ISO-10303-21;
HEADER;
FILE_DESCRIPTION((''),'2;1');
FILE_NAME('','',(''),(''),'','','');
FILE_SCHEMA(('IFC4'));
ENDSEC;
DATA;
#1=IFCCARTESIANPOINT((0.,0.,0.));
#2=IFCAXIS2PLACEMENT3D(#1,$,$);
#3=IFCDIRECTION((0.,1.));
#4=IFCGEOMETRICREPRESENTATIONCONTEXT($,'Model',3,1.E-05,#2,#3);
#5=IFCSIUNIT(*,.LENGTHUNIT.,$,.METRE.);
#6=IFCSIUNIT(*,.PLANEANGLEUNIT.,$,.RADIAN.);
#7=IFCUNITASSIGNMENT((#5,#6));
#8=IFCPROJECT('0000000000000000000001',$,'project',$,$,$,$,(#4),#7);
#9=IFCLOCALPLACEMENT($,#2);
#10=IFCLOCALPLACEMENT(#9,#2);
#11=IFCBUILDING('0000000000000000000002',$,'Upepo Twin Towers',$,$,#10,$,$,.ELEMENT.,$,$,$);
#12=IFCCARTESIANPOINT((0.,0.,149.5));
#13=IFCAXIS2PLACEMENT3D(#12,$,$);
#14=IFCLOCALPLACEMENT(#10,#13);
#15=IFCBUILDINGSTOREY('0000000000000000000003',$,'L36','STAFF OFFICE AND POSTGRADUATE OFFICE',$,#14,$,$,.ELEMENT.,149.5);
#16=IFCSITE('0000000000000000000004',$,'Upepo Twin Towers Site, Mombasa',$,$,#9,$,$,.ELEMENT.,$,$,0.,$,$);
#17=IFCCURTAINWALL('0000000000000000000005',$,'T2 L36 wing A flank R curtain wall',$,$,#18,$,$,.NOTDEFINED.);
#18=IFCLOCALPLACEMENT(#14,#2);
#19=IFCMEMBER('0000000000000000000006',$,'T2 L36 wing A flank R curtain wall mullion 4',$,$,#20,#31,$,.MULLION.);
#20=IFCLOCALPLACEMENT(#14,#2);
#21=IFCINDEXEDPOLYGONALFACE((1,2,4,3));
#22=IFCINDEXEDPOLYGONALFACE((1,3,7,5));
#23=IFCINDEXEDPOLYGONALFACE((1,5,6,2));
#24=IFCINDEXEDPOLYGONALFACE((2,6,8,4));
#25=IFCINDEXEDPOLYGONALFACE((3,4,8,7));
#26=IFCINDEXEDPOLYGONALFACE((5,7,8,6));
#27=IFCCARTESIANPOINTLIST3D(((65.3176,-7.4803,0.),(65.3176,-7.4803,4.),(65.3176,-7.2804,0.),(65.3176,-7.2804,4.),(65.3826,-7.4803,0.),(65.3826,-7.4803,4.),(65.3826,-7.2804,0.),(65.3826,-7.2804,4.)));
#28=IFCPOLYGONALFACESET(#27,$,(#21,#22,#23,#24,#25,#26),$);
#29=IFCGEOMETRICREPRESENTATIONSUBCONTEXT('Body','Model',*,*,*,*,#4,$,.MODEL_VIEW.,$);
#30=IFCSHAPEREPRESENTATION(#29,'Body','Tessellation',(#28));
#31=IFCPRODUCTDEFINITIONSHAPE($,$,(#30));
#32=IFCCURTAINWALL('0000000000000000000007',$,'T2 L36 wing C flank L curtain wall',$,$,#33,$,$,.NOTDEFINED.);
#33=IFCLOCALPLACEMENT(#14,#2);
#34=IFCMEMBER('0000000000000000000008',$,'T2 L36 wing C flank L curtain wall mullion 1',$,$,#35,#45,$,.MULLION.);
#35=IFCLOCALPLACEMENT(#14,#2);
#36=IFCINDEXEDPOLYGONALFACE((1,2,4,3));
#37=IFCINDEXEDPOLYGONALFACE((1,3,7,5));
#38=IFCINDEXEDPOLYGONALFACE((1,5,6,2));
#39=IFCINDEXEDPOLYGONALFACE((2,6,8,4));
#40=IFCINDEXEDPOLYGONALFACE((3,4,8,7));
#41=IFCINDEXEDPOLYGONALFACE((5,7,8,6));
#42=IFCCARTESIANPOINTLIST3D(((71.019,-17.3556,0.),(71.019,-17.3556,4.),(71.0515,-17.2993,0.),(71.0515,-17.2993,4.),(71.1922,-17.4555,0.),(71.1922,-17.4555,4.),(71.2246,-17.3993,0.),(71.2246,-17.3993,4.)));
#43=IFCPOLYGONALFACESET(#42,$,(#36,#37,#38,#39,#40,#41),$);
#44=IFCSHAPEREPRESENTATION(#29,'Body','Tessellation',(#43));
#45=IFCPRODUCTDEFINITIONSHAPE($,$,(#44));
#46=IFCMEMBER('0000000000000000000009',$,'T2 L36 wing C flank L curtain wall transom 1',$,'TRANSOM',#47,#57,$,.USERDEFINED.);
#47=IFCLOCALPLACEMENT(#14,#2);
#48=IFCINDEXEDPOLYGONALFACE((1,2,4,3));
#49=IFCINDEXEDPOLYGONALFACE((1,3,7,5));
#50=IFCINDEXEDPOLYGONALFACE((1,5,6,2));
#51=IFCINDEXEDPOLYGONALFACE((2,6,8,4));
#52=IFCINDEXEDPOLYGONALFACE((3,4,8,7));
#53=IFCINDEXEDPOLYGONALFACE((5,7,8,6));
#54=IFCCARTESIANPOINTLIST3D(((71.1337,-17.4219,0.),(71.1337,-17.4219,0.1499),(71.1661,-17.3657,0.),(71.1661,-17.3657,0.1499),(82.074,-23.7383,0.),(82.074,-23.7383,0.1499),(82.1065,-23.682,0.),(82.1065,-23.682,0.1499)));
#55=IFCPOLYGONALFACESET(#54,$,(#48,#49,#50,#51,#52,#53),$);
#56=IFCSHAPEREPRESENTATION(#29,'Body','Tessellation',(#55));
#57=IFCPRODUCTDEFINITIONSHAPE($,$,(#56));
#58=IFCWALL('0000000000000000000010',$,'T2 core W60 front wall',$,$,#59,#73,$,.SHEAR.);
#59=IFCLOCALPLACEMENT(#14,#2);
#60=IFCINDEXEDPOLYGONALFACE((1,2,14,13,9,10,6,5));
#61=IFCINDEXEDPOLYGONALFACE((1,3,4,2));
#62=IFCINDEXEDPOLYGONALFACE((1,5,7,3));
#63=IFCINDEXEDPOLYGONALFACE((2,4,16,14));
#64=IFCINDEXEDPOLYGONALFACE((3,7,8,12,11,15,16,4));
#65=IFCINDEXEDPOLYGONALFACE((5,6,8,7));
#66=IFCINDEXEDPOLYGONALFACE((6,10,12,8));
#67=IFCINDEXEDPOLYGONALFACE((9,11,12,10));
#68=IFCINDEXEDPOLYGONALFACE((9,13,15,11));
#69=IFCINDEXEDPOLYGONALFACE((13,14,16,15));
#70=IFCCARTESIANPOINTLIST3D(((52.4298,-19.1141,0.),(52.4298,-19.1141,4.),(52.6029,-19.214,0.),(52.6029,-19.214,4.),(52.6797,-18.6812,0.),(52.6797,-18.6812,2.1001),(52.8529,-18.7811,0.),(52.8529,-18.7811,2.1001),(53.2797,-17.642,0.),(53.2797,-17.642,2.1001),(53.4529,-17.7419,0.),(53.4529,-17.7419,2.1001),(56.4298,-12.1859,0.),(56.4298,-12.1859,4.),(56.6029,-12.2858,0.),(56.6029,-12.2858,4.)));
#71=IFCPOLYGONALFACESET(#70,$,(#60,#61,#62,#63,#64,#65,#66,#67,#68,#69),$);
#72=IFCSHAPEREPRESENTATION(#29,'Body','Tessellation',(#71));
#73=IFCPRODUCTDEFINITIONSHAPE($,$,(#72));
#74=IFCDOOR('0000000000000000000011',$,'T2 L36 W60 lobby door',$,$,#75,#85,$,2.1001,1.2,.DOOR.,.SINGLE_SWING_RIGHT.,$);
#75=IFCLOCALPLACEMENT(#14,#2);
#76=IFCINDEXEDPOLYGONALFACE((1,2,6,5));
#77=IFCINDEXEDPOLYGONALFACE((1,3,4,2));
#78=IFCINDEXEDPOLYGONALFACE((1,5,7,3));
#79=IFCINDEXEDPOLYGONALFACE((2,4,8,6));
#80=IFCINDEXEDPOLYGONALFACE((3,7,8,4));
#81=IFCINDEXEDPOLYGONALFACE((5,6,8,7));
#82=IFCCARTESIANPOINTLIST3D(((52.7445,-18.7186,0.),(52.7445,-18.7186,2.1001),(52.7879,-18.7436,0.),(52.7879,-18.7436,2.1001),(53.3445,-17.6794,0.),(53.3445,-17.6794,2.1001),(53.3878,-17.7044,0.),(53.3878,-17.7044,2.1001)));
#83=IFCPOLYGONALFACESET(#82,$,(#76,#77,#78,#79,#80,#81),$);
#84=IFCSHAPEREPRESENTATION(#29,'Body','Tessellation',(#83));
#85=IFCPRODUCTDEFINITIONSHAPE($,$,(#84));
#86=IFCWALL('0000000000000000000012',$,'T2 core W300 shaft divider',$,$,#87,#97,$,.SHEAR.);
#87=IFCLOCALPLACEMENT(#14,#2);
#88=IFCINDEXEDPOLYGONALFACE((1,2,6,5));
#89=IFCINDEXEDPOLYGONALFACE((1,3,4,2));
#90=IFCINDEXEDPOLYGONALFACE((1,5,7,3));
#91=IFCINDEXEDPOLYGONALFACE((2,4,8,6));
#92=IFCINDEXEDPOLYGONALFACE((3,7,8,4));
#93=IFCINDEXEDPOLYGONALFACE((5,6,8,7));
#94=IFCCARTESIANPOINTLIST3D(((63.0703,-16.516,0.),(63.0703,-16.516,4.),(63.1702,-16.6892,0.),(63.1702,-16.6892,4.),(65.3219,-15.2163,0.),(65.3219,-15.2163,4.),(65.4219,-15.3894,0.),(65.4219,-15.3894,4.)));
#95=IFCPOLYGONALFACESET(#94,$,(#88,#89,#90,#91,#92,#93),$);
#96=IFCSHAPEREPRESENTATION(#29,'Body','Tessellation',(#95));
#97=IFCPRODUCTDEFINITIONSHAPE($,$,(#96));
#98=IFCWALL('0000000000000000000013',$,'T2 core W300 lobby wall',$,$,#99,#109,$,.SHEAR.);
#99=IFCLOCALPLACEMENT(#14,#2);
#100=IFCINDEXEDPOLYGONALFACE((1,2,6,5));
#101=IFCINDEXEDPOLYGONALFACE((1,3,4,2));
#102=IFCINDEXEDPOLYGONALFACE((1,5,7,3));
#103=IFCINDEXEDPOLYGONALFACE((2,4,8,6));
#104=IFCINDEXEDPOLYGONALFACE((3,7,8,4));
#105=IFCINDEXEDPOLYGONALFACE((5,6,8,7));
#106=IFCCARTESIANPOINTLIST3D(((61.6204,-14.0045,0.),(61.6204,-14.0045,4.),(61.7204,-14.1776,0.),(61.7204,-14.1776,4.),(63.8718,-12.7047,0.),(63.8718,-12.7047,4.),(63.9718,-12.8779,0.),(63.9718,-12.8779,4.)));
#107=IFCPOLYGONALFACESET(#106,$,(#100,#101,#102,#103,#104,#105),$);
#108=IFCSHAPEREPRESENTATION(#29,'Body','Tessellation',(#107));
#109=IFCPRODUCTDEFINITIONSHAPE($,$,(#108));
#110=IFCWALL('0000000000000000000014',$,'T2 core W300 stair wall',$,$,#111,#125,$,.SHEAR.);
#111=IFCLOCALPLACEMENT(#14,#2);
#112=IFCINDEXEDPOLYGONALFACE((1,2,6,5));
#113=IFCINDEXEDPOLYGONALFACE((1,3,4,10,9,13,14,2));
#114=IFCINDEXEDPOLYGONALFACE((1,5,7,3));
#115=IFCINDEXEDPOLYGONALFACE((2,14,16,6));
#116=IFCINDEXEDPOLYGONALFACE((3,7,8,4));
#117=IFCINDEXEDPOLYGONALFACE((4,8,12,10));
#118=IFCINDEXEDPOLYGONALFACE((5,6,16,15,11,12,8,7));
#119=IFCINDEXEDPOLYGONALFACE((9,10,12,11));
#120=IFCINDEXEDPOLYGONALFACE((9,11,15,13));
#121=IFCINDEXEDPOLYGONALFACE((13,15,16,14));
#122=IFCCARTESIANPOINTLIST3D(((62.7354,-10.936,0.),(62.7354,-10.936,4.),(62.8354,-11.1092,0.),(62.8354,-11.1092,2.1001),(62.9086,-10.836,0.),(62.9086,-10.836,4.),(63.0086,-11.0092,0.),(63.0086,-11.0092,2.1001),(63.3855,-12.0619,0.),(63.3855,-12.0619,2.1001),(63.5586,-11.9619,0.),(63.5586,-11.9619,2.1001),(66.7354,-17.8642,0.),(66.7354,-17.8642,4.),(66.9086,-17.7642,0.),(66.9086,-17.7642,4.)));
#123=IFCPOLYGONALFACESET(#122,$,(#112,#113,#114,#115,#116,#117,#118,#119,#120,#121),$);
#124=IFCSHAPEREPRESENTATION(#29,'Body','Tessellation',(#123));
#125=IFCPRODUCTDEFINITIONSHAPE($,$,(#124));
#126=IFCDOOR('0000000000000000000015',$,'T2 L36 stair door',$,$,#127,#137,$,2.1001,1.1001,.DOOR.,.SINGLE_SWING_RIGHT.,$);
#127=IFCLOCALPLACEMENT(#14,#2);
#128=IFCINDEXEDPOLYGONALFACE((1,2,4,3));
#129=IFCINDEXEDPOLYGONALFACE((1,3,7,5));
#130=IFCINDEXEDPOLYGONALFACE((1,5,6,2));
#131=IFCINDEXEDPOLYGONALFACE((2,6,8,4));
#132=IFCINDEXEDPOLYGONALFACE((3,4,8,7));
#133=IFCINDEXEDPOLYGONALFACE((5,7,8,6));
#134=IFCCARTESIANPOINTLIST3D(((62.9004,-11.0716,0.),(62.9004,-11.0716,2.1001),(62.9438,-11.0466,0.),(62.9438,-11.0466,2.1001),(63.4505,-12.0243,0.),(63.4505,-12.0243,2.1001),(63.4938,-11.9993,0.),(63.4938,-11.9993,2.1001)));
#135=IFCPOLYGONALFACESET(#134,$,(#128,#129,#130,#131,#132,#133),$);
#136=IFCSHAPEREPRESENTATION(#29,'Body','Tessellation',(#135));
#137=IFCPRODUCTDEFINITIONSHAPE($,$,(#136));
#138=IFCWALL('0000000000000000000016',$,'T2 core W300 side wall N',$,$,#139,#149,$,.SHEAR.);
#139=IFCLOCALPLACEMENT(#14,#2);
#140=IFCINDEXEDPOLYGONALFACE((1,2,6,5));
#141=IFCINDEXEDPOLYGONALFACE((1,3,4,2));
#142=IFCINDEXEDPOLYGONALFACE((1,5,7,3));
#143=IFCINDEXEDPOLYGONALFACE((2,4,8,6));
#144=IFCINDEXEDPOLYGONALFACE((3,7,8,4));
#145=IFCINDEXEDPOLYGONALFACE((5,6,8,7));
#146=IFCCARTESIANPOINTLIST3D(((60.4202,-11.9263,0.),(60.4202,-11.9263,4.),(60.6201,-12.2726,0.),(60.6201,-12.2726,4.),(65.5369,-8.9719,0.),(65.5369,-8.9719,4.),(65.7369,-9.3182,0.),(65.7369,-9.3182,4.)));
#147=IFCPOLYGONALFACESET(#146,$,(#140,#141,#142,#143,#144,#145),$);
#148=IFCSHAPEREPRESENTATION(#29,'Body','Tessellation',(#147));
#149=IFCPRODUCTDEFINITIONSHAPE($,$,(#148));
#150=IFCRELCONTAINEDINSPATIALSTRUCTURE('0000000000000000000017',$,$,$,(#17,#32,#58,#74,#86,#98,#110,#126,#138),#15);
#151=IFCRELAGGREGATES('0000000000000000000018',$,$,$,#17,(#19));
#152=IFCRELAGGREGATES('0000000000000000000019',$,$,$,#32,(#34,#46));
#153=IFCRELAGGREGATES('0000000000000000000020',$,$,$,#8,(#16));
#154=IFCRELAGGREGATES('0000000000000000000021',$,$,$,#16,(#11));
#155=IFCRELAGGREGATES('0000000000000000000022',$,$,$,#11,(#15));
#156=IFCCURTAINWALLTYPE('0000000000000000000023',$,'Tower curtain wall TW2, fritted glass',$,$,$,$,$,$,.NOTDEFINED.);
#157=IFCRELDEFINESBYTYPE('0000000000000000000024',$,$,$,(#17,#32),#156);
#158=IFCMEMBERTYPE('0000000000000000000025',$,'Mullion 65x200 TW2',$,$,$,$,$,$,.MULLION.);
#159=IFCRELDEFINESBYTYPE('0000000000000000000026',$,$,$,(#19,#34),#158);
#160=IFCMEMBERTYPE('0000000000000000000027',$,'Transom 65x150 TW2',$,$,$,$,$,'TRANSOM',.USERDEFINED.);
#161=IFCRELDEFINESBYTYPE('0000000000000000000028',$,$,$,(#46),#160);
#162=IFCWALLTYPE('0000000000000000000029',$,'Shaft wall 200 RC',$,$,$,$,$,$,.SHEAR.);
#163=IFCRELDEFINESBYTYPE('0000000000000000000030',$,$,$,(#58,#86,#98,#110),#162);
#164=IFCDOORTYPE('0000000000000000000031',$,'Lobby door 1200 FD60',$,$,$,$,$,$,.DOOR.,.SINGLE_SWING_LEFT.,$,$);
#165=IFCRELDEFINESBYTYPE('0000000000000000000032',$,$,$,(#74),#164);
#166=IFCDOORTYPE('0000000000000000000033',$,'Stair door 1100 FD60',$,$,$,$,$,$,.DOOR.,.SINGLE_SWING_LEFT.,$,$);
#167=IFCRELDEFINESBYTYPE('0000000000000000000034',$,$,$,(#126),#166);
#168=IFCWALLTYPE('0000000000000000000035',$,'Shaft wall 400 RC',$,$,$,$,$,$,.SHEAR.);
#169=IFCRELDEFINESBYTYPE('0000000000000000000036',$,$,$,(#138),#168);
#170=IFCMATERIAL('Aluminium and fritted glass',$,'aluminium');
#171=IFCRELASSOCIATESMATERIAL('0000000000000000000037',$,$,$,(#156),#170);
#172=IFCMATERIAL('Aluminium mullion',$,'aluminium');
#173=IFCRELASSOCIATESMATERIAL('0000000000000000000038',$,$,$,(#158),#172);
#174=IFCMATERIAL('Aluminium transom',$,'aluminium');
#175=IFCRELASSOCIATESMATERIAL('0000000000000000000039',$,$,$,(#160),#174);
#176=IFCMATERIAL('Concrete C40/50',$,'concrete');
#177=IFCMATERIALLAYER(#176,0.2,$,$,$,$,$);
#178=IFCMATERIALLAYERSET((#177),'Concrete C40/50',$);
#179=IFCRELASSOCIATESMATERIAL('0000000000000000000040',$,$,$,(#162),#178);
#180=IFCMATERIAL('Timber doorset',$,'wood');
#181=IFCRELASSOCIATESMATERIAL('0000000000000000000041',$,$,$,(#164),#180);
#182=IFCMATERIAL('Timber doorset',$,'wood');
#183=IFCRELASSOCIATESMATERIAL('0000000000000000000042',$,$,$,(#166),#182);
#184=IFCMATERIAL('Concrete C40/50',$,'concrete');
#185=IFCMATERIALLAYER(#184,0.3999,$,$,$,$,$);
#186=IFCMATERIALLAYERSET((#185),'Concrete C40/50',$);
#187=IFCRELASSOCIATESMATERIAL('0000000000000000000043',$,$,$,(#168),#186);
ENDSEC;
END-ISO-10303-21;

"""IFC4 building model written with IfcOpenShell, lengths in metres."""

from ifc_helpers import new_model, si_unit, direction, frame, frame_2d, origin, origin_2d, place, context, subcontext, project, spatial, rectangle, extrude, material, layer, layer_set, material_profile, profile_set, type_object, element, fill, aggregate, save


model = new_model("IFC4")

# Units and contexts
model_context = context("Model", 3, precision=1e-05, world=origin(), true_north=direction((0.0, 1.0)))
body_context = subcontext(model_context, "Body", "Model", "MODEL_VIEW")
ifc_project = project(units=[si_unit("LENGTHUNIT", "METRE"), si_unit("PLANEANGLEUNIT", "RADIAN")], contexts=[model_context])

# Site, building, storey
site_placement = place(None, origin())
site = spatial("IfcSite", under=ifc_project, at=site_placement, Name="Upepo Twin Towers Site, Mombasa", CompositionType="ELEMENT", RefElevation=0.0)
building_placement = place(site_placement, origin())
building = spatial("IfcBuilding", under=site, at=building_placement, Name="Upepo Twin Towers", CompositionType="ELEMENT")
storey_placement = place(building_placement, frame((0.0, 0.0, 149.5)))
storey = spatial("IfcBuildingStorey", under=building, at=storey_placement, Name="L36", Description="STAFF OFFICE AND POSTGRADUATE OFFICE", CompositionType="ELEMENT", Elevation=149.5)

# Curtain wall, member
ifc_material_1 = material(Name="Aluminium and fritted glass", Category="aluminium")
curtain_wall_type = type_object("IfcCurtainWallType", Name="Tower curtain wall TW2, fritted glass", PredefinedType="NOTDEFINED", material=ifc_material_1)
curtain_wall_1_placement = place(storey_placement, origin())
curtain_wall_1 = element("IfcCurtainWall", 1, at=curtain_wall_1_placement, inside=storey, type_object=curtain_wall_type, Name="T2 L36 wing A flank R curtain wall", PredefinedType="NOTDEFINED")
ifc_material_2 = material(Name="Aluminium mullion", Category="aluminium")
ifc_material_profile_1 = material_profile(ifc_material_2, rectangle(XDim=0.0649, YDim=0.2, at=origin_2d()), Name="MULLION 65x200")
ifc_profile_set_1 = profile_set([ifc_material_profile_1], Name="Aluminium mullion")
member_type_1 = type_object("IfcMemberType", Name="Mullion 65x200 TW2", PredefinedType="MULLION", material=ifc_profile_set_1)
member_1_placement = place(storey_placement, frame((65.3501, -7.3804, 0.0), z_axis=(0.0, 0.0, 1.0), x_axis=(1.0, 0.0, 0.0)))
member_1 = element("IfcMember", 2, at=member_1_placement, type_object=member_type_1, Name="T2 L36 wing A flank R curtain wall mullion 4", PredefinedType="MULLION", context=body_context, shape_type="SweptSolid", body=[
    extrude(rectangle(XDim=0.0649, YDim=0.2, at=origin_2d()), origin(), (0.0, 0.0, 1.0), 4.0),
])
aggregate(curtain_wall_1, [member_1])

# Curtain wall, members
curtain_wall_2_placement = place(storey_placement, origin())
curtain_wall_2 = element("IfcCurtainWall", 3, at=curtain_wall_2_placement, inside=storey, type_object=curtain_wall_type, Name="T2 L36 wing C flank L curtain wall", PredefinedType="NOTDEFINED")
member_2_placement = place(storey_placement, frame((71.1218, -17.3774, 0.0), z_axis=(0.0, 0.0, 1.0), x_axis=(0.5, 0.866025, 0.0)))
member_2 = element("IfcMember", 4, at=member_2_placement, type_object=member_type_1, Name="T2 L36 wing C flank L curtain wall mullion 1", PredefinedType="MULLION", context=body_context, shape_type="SweptSolid", body=[
    extrude(rectangle(XDim=0.0649, YDim=0.2, at=origin_2d()), origin(), (0.0, 0.0, 1.0), 4.0),
])
ifc_material_3 = material(Name="Aluminium transom", Category="aluminium")
ifc_material_profile_2 = material_profile(ifc_material_3, rectangle(XDim=0.0649, YDim=0.1499, at=origin_2d()), Name="TRANSOM 65x150")
ifc_profile_set_2 = profile_set([ifc_material_profile_2], Name="Aluminium transom")
member_type_2 = type_object("IfcMemberType", Name="Transom 65x150 TW2", ElementType="TRANSOM", PredefinedType="USERDEFINED", material=ifc_profile_set_2)
member_3_placement = place(storey_placement, frame((71.1499, -17.3938, 0.075), z_axis=(0.866027, -0.499997, 0.0), x_axis=(0.499997, 0.866027, 0.0)))
member_3 = element("IfcMember", 5, at=member_3_placement, type_object=member_type_2, Name="T2 L36 wing C flank L curtain wall transom 1", ObjectType="TRANSOM", PredefinedType="USERDEFINED", context=body_context, shape_type="SweptSolid", body=[
    extrude(rectangle(XDim=0.0649, YDim=0.1499, at=origin_2d()), origin(), (0.0, 0.0, 1.0), 12.6328),
])
aggregate(curtain_wall_2, [member_2, member_3])

# Wall, opening, door
ifc_material_4 = material(Name="Concrete C40/50", Category="concrete")
ifc_layer_1 = layer(ifc_material_4, 0.2)
ifc_layer_set_1 = layer_set([ifc_layer_1], Name="Concrete C40/50")
wall_type_1 = type_object("IfcWallType", Name="Shaft wall 200 RC", PredefinedType="SHEAR", material=ifc_layer_set_1)
wall_1_placement = place(storey_placement, frame((56.5164, -12.2358, 0.0), z_axis=(0.0, 0.0, 1.0), x_axis=(-0.499999, -0.866026, 0.0)))
wall_1 = element("IfcWall", 6, at=wall_1_placement, inside=storey, type_object=wall_type_1, Name="T2 core W60 front wall", PredefinedType="SHEAR", context=body_context, shape_type="SweptSolid", body=[
    extrude(rectangle(XDim=8.0, YDim=0.2, at=frame_2d((4.0, 0.0))), origin(), (0.0, 0.0, 1.0), 4.0),
])
opening_1_placement = place(wall_1_placement, frame((6.3, 0.0, 0.0)))
opening_1 = element("IfcOpeningElement", 7, at=opening_1_placement, cuts=wall_1, PredefinedType="OPENING", context=body_context, shape_type="SweptSolid", body=[
    extrude(rectangle(XDim=1.2, YDim=2.1001, at=frame_2d((0.6001, 1.05))), frame((0.0, 0.1099, 0.0), z_axis=(0.0, -1.0, 0.0), x_axis=(1.0, 0.0, 0.0)), (0.0, 0.0, 1.0), 0.22),
])
ifc_material_5 = material(Name="Timber doorset", Category="wood")
door_type_1 = type_object("IfcDoorType", Name="Lobby door 1200 FD60", OperationType="SINGLE_SWING_LEFT", PredefinedType="DOOR", material=ifc_material_5)
door_1_placement = place(opening_1_placement, origin())
door_1 = element("IfcDoor", 8, at=door_1_placement, inside=storey, type_object=door_type_1, Name="T2 L36 W60 lobby door", OperationType="SINGLE_SWING_RIGHT", OverallHeight=2.1001, OverallWidth=1.2, PredefinedType="DOOR", context=body_context, shape_type="SweptSolid", body=[
    extrude(rectangle(XDim=1.2, YDim=2.1001, at=frame_2d((0.6001, 1.05))), frame((0.0, 0.0249, 0.0), z_axis=(0.0, -1.0, 0.0), x_axis=(1.0, 0.0, 0.0)), (0.0, 0.0, 1.0), 0.05),
])
fill(opening_1, door_1)

# Walls
wall_2_placement = place(storey_placement, frame((63.1204, -16.6025, 0.0), z_axis=(0.0, 0.0, 1.0), x_axis=(0.866062, 0.499937, 0.0)))
element("IfcWall", 9, at=wall_2_placement, inside=storey, type_object=wall_type_1, Name="T2 core W300 shaft divider", PredefinedType="SHEAR", context=body_context, shape_type="SweptSolid", body=[
    extrude(rectangle(XDim=2.5999, YDim=0.2, at=frame_2d((1.2998, 0.0))), origin(), (0.0, 0.0, 1.0), 4.0),
])
wall_3_placement = place(storey_placement, frame((61.6704, -14.0911, 0.0), z_axis=(0.0, 0.0, 1.0), x_axis=(0.866039, 0.499977, 0.0)))
element("IfcWall", 10, at=wall_3_placement, inside=storey, type_object=wall_type_1, Name="T2 core W300 lobby wall", PredefinedType="SHEAR", context=body_context, shape_type="SweptSolid", body=[
    extrude(rectangle(XDim=2.5996, YDim=0.2, at=frame_2d((1.2998, 0.0))), origin(), (0.0, 0.0, 1.0), 4.0),
])

# Wall, opening, door
wall_4_placement = place(storey_placement, frame((66.822, -17.8142, 0.0), z_axis=(0.0, 0.0, 1.0), x_axis=(-0.499999, 0.866026, 0.0)))
wall_4 = element("IfcWall", 11, at=wall_4_placement, inside=storey, type_object=wall_type_1, Name="T2 core W300 stair wall", PredefinedType="SHEAR", context=body_context, shape_type="SweptSolid", body=[
    extrude(rectangle(XDim=8.0, YDim=0.2, at=frame_2d((4.0, 0.0))), origin(), (0.0, 0.0, 1.0), 4.0),
])
opening_2_placement = place(wall_4_placement, frame((6.7, 0.0, 0.0)))
opening_2 = element("IfcOpeningElement", 12, at=opening_2_placement, cuts=wall_4, PredefinedType="OPENING", context=body_context, shape_type="SweptSolid", body=[
    extrude(rectangle(XDim=1.1001, YDim=2.1001, at=frame_2d((0.55, 1.05))), frame((0.0, 0.1099, 0.0), z_axis=(0.0, -1.0, 0.0), x_axis=(1.0, 0.0, 0.0)), (0.0, 0.0, 1.0), 0.22),
])
ifc_material_6 = material(Name="Timber doorset", Category="wood")
door_type_2 = type_object("IfcDoorType", Name="Stair door 1100 FD60", OperationType="SINGLE_SWING_LEFT", PredefinedType="DOOR", material=ifc_material_6)
door_2_placement = place(opening_2_placement, origin())
door_2 = element("IfcDoor", 13, at=door_2_placement, inside=storey, type_object=door_type_2, Name="T2 L36 stair door", OperationType="SINGLE_SWING_RIGHT", OverallHeight=2.1001, OverallWidth=1.1001, PredefinedType="DOOR", context=body_context, shape_type="SweptSolid", body=[
    extrude(rectangle(XDim=1.1001, YDim=2.1001, at=frame_2d((0.55, 1.05))), frame((0.0, 0.0249, 0.0), z_axis=(0.0, -1.0, 0.0), x_axis=(1.0, 0.0, 0.0)), (0.0, 0.0, 1.0), 0.05),
])
fill(opening_2, door_2)

# Wall
ifc_material_7 = material(Name="Concrete C40/50", Category="concrete")
ifc_layer_2 = layer(ifc_material_7, 0.3999)
ifc_layer_set_2 = layer_set([ifc_layer_2], Name="Concrete C40/50")
wall_type_2 = type_object("IfcWallType", Name="Shaft wall 400 RC", PredefinedType="SHEAR", material=ifc_layer_set_2)
wall_5_placement = place(storey_placement, frame((60.5203, -12.0994, 0.0), z_axis=(0.0, 0.0, 1.0), x_axis=(0.866009, 0.500028, 0.0)))
element("IfcWall", 14, at=wall_5_placement, inside=storey, type_object=wall_type_2, Name="T2 core W300 side wall N", PredefinedType="SHEAR", context=body_context, shape_type="SweptSolid", body=[
    extrude(rectangle(XDim=5.9084, YDim=0.3999, at=frame_2d((2.9541, 0.0))), origin(), (0.0, 0.0, 1.0), 4.0),
])

save(model, "model.ifc")
